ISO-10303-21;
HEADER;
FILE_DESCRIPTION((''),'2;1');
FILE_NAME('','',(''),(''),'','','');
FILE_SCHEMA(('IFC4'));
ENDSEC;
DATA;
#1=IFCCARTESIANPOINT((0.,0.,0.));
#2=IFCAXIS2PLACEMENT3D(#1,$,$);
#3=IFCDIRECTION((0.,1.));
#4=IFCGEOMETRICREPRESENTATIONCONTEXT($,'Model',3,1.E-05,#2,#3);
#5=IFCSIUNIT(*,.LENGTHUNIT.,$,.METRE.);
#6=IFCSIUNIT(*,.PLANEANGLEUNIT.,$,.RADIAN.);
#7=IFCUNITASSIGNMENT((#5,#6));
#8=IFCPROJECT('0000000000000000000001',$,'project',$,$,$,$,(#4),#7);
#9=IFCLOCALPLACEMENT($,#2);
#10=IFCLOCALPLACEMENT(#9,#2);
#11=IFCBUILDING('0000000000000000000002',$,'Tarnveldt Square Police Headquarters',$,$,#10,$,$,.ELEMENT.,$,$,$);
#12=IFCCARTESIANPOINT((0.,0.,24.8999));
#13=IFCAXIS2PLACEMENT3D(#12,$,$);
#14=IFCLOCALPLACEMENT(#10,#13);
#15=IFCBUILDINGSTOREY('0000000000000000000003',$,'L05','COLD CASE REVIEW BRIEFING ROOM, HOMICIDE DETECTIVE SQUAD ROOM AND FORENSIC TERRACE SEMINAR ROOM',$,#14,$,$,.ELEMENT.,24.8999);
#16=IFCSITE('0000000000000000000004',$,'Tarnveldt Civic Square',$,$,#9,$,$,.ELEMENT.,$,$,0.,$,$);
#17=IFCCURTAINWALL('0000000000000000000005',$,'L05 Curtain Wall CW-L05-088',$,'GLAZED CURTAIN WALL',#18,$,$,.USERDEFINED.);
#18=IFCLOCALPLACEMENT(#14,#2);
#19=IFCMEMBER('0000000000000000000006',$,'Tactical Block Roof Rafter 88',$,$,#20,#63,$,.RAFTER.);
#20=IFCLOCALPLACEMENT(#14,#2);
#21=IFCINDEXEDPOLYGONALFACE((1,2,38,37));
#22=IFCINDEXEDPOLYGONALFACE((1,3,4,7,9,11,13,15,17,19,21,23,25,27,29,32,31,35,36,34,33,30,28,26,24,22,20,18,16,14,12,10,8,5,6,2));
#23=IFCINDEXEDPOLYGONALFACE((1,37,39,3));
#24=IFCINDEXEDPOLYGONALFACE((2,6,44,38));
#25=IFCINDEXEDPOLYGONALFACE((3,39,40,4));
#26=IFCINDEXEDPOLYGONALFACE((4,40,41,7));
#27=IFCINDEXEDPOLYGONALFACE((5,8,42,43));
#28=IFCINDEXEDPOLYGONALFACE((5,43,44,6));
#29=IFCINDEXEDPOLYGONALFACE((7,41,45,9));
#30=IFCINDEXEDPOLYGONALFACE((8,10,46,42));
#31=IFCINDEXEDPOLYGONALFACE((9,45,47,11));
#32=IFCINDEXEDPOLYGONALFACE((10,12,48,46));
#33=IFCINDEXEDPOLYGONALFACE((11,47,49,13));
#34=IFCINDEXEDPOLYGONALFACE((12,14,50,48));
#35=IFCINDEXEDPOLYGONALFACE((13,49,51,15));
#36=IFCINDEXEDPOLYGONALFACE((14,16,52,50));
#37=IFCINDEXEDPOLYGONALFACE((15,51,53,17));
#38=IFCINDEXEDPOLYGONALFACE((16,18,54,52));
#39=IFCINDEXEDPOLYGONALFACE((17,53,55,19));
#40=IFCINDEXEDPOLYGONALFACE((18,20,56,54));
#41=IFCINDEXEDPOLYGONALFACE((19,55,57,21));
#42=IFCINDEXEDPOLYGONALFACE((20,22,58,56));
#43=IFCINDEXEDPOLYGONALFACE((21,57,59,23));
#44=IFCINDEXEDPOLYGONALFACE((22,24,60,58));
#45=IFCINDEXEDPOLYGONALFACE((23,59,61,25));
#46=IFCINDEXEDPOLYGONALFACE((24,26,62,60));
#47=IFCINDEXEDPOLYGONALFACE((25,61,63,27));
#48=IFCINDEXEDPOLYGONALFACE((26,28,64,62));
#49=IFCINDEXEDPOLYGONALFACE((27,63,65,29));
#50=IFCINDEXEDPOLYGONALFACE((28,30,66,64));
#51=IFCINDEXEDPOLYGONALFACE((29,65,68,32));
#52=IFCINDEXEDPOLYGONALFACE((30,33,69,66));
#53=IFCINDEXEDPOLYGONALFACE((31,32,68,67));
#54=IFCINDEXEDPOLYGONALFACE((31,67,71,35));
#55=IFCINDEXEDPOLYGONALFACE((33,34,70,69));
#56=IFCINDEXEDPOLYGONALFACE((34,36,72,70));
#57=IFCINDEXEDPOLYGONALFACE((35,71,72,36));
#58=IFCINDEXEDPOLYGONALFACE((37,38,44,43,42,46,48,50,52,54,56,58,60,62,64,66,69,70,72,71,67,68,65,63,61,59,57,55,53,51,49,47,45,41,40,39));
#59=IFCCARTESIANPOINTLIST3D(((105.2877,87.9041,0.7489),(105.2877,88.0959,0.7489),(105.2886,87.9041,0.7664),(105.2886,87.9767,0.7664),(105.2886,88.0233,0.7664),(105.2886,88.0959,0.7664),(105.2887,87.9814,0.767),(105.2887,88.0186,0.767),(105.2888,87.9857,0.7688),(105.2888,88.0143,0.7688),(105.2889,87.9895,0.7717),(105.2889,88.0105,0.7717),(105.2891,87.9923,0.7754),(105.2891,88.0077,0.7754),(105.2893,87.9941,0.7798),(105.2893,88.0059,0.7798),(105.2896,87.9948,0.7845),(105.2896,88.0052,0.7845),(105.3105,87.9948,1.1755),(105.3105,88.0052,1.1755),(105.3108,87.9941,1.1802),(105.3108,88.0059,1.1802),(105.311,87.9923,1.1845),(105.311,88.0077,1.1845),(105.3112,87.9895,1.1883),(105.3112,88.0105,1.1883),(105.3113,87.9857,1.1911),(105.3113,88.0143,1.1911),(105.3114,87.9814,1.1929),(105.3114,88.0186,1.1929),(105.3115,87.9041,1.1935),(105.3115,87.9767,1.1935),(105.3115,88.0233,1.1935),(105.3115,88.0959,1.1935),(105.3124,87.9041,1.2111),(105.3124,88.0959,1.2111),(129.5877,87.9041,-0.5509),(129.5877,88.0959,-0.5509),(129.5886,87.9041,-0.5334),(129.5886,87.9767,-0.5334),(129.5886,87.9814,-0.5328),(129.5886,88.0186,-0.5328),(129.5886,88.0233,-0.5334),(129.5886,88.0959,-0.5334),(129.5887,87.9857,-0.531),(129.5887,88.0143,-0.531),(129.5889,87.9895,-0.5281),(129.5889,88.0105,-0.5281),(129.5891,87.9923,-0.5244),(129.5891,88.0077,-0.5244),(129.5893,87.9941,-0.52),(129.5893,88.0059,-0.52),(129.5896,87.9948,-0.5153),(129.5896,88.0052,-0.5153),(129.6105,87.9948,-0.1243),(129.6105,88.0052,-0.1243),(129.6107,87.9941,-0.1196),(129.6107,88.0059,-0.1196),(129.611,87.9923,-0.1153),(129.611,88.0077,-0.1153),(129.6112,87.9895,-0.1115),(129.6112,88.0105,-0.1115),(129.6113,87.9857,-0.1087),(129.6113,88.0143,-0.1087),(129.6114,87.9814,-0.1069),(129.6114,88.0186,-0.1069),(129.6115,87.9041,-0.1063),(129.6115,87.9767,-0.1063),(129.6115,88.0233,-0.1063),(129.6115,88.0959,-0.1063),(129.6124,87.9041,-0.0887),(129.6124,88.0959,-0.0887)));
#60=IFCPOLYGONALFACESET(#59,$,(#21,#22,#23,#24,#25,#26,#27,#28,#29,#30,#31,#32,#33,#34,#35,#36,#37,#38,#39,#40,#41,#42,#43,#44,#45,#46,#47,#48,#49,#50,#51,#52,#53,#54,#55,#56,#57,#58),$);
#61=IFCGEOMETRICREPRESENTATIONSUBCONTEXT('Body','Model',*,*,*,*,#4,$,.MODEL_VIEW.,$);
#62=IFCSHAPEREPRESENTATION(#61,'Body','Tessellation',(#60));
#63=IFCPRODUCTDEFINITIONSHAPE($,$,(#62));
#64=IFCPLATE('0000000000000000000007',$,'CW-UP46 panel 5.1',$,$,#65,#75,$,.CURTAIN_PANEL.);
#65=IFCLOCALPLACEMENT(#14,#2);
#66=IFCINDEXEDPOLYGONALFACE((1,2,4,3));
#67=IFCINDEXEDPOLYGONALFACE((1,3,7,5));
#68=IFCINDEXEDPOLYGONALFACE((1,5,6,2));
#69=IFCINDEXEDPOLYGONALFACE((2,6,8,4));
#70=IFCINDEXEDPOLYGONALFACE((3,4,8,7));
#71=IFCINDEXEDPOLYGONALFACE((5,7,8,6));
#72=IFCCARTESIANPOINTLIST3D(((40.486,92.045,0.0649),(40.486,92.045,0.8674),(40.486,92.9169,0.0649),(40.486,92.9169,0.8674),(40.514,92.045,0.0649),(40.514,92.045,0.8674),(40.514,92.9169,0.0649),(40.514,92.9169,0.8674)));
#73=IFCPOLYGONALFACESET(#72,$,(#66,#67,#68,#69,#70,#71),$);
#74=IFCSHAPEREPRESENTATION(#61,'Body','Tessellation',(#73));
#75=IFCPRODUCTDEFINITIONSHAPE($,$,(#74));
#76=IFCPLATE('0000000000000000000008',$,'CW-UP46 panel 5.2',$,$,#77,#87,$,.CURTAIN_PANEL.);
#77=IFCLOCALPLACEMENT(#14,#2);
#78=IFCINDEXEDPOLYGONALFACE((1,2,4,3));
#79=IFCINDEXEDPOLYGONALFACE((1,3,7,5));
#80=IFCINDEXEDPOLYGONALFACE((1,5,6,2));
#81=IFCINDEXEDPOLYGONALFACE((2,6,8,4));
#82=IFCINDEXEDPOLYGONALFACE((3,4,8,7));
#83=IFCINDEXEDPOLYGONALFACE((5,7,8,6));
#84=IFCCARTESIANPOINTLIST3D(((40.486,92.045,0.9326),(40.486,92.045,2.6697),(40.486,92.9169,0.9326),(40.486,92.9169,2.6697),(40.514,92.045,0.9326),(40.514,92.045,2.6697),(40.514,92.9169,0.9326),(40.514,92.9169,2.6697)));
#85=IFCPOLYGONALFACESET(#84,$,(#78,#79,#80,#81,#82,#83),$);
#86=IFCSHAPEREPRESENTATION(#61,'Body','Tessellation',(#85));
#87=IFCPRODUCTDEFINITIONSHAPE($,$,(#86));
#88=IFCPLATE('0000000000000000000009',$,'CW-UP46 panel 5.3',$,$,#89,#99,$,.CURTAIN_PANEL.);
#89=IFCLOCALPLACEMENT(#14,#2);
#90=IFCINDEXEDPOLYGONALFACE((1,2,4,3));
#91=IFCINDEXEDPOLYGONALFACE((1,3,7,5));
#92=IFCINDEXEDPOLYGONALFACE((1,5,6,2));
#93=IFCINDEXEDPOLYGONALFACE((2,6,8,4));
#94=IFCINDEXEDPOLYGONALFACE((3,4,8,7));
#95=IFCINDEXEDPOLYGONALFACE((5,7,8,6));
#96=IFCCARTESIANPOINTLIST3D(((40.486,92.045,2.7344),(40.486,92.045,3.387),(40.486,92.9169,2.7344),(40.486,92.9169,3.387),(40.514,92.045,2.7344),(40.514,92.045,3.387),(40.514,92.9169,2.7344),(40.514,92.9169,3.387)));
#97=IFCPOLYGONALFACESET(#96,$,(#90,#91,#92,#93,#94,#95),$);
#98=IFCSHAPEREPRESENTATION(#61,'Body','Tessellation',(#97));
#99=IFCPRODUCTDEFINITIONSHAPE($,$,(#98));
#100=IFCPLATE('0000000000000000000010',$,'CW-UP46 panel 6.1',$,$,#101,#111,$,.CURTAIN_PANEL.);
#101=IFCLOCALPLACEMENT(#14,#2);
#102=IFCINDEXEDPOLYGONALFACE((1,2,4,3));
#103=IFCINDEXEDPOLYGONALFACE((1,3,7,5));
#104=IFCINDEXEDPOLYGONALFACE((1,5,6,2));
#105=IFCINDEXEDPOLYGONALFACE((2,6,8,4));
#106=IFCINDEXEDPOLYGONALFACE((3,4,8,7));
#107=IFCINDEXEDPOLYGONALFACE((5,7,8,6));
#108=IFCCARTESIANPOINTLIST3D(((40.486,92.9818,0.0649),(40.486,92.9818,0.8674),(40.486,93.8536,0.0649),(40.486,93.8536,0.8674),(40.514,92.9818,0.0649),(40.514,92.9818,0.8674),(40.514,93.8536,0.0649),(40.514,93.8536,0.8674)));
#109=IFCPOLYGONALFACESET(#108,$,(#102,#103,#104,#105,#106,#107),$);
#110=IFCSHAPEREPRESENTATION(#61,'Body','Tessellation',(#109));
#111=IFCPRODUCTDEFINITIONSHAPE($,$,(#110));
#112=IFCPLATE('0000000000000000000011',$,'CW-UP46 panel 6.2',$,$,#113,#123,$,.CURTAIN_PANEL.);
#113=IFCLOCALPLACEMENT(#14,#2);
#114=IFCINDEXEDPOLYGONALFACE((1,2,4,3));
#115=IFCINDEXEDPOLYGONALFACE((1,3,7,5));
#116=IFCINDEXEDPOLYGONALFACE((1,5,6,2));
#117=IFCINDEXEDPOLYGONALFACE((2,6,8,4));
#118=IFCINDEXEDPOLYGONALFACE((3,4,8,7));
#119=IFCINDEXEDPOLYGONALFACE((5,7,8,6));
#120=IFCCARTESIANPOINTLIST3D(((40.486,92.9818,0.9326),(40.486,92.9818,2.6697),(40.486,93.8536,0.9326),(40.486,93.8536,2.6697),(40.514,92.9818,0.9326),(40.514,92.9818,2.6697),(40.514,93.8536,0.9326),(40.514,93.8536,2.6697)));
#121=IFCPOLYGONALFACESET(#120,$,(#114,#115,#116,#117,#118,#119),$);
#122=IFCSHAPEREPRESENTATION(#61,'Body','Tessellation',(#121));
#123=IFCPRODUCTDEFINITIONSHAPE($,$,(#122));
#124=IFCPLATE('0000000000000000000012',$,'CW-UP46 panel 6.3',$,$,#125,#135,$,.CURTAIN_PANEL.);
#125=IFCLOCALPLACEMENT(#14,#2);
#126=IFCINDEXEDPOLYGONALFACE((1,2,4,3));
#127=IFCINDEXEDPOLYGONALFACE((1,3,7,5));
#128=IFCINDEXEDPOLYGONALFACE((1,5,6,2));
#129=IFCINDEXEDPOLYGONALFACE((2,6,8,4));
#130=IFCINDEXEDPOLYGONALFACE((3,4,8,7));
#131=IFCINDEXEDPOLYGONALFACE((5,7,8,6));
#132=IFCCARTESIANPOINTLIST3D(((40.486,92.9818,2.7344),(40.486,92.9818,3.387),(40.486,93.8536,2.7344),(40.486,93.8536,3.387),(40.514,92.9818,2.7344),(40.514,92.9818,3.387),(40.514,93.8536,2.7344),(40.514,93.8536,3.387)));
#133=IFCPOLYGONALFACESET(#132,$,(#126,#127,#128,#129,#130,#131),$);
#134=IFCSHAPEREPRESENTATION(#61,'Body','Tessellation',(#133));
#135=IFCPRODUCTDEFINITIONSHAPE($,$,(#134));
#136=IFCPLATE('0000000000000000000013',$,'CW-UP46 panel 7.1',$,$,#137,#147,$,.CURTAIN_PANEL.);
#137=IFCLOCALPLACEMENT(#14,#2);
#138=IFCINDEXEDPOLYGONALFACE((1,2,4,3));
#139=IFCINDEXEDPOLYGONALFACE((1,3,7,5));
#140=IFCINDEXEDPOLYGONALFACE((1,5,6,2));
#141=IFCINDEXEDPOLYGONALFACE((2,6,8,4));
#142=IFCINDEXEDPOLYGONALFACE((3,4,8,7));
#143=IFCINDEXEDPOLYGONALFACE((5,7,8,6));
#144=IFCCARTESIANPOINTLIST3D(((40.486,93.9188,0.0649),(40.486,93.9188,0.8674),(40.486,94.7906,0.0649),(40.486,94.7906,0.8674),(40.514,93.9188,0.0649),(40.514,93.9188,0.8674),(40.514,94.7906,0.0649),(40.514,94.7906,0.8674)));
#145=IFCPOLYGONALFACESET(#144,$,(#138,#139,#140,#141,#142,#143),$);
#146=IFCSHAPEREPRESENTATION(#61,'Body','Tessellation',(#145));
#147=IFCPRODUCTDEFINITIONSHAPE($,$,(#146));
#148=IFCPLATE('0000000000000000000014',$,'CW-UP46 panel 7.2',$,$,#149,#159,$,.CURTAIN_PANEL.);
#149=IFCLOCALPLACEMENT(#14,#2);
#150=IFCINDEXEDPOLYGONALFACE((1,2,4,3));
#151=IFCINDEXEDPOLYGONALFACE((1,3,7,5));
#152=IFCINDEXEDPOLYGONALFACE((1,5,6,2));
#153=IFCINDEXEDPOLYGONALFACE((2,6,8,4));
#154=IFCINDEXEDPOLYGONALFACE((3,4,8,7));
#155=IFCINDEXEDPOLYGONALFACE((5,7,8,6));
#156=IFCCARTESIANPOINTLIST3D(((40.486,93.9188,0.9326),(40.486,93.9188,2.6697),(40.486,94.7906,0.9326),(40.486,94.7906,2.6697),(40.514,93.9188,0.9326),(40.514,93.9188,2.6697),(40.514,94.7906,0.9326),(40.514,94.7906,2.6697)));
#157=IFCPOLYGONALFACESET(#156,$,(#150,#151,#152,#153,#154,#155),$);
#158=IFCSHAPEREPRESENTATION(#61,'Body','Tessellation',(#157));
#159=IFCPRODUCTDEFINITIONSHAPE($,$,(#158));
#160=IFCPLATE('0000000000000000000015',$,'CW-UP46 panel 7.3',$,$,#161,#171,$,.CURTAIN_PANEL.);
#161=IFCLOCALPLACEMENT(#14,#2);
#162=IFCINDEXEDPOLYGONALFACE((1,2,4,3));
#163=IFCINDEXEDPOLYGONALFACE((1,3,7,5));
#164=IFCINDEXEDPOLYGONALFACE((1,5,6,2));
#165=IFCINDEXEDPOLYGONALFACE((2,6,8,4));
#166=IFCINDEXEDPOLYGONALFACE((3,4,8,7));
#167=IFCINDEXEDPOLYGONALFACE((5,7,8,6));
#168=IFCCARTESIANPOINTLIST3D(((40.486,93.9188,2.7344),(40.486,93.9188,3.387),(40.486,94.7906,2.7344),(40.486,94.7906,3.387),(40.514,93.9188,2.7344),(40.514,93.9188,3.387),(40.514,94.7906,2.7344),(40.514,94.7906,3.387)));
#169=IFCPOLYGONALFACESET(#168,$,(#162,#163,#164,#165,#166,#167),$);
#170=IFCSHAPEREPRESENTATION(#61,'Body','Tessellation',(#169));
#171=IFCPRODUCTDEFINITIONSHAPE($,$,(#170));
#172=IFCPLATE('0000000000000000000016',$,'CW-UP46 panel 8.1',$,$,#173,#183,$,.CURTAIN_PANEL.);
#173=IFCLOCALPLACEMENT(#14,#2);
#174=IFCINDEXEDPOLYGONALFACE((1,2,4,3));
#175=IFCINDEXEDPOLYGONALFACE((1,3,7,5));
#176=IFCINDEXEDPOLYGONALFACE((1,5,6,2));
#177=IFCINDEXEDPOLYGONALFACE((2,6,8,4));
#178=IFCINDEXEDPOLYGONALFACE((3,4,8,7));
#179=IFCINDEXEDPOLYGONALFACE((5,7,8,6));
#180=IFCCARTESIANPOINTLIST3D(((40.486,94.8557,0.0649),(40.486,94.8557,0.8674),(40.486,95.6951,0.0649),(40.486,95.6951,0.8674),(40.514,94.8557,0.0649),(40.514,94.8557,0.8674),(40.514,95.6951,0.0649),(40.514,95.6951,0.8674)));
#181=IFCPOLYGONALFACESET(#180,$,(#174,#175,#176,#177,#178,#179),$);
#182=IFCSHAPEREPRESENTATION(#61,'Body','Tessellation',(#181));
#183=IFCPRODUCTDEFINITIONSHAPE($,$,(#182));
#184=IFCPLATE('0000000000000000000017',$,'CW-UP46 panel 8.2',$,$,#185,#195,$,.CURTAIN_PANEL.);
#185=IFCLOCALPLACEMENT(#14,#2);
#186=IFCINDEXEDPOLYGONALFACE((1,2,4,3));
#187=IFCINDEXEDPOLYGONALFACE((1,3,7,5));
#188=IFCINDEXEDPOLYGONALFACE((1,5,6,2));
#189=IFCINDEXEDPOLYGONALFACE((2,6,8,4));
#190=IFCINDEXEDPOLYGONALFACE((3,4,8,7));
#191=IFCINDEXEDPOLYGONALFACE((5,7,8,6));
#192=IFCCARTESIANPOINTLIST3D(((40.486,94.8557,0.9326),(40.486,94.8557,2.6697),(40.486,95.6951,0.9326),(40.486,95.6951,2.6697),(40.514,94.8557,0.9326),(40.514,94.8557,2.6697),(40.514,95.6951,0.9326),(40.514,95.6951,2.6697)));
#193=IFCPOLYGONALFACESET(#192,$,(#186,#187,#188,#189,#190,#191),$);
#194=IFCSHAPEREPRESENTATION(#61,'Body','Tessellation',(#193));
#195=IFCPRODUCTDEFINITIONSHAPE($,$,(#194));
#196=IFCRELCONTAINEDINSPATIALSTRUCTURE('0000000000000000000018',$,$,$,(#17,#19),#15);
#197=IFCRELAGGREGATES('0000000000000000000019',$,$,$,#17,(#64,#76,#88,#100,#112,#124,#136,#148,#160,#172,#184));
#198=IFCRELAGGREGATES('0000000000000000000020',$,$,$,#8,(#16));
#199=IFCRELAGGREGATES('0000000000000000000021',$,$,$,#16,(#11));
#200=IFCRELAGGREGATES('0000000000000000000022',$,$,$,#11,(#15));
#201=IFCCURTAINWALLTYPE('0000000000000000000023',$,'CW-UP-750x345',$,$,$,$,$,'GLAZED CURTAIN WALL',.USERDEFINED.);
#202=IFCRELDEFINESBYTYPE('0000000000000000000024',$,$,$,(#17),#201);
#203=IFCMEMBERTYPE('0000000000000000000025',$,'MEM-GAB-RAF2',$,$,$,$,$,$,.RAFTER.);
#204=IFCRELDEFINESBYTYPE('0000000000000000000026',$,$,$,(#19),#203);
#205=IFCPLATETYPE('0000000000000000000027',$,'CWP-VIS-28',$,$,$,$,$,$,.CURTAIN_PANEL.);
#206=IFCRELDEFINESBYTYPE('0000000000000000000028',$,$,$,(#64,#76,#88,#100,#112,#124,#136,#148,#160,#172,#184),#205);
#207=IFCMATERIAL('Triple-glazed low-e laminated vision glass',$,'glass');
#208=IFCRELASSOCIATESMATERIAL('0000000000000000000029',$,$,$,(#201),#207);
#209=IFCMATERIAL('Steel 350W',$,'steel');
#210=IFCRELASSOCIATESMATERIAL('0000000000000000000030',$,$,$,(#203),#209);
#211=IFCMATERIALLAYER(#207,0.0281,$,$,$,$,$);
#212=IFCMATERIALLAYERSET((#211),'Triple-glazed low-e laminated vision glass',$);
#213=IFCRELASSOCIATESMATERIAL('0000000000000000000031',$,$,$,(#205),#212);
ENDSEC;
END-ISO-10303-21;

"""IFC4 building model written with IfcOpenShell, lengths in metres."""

from ifc_helpers import new_model, si_unit, direction, frame, origin, origin_2d, place, context, subcontext, project, spatial, rectangle, i_section, extrude, material, layer, layer_set, material_profile, profile_set, type_object, element, aggregate, save


model = new_model("IFC4")

# Units and contexts
model_context = context("Model", 3, precision=1e-05, world=origin(), true_north=direction((0.0, 1.0)))
body_context = subcontext(model_context, "Body", "Model", "MODEL_VIEW")
ifc_project = project(units=[si_unit("LENGTHUNIT", "METRE"), si_unit("PLANEANGLEUNIT", "RADIAN")], contexts=[model_context])

# Site, building, storey
site_placement = place(None, origin())
site = spatial("IfcSite", under=ifc_project, at=site_placement, Name="Tarnveldt Civic Square", CompositionType="ELEMENT", RefElevation=0.0)
building_placement = place(site_placement, origin())
building = spatial("IfcBuilding", under=site, at=building_placement, Name="Tarnveldt Square Police Headquarters", CompositionType="ELEMENT")
storey_placement = place(building_placement, frame((0.0, 0.0, 24.8999)))
storey = spatial("IfcBuildingStorey", under=building, at=storey_placement, Name="L05", Description="COLD CASE REVIEW BRIEFING ROOM, HOMICIDE DETECTIVE SQUAD ROOM AND FORENSIC TERRACE SEMINAR ROOM", CompositionType="ELEMENT", Elevation=24.8999)

# Shared definitions
ifc_material_1 = material(Name="Steel 350W", Category="steel")

# Curtain wall
ifc_material_2 = material(Name="Triple-glazed low-e laminated vision glass", Category="glass")
curtain_wall_type = type_object("IfcCurtainWallType", Name="CW-UP-750x345", ElementType="GLAZED CURTAIN WALL", PredefinedType="USERDEFINED", material=ifc_material_2)
curtain_wall_placement = place(storey_placement, origin())
curtain_wall = element("IfcCurtainWall", 1, at=curtain_wall_placement, inside=storey, type_object=curtain_wall_type, Name="L05 Curtain Wall CW-L05-088", ObjectType="GLAZED CURTAIN WALL", PredefinedType="USERDEFINED")

# Member
ifc_material_profile_1 = material_profile(ifc_material_1, i_section(OverallWidth=0.1919, OverallDepth=0.4629, WebThickness=0.0105, FlangeThickness=0.0176, FilletRadius=0.0181, at=origin_2d()), Name="W460x89")
ifc_profile_set_1 = profile_set([ifc_material_profile_1], Name="Steel 350W")
member_type_1 = type_object("IfcMemberType", Name="MEM-GAB-RAF2", PredefinedType="RAFTER", material=ifc_profile_set_1)
member_1_placement = place(storey_placement, frame((105.3, 88.0, 0.98), z_axis=(0.998572, 0.0, -0.053413), x_axis=(0.0, 1.0, 0.0)))
element("IfcMember", 2, at=member_1_placement, inside=storey, type_object=member_type_1, Name="Tactical Block Roof Rafter 88", PredefinedType="RAFTER", context=body_context, shape_type="SweptSolid", body=[
    extrude(i_section(OverallWidth=0.1919, OverallDepth=0.4629, WebThickness=0.0105, FlangeThickness=0.0176, FilletRadius=0.0181, at=origin_2d()), origin(), (0.0, 0.0, 1.0), 24.3347),
])

# Plates
ifc_layer_1 = layer(ifc_material_2, 0.0281)
ifc_layer_set_1 = layer_set([ifc_layer_1], Name="Triple-glazed low-e laminated vision glass")
plate_type = type_object("IfcPlateType", Name="CWP-VIS-28", PredefinedType="CURTAIN_PANEL", material=ifc_layer_set_1)
plate_1_placement = place(storey_placement, frame((40.5, 92.481, 0.0649), z_axis=(0.0, 0.0, 1.0), x_axis=(0.0, 1.0, 0.0)))
plate_1 = element("IfcPlate", 3, at=plate_1_placement, type_object=plate_type, Name="CW-UP46 panel 5.1", PredefinedType="CURTAIN_PANEL", context=body_context, shape_type="SweptSolid", body=[
    extrude(rectangle(XDim=0.8718, YDim=0.0281, at=origin_2d()), origin(), (0.0, 0.0, 1.0), 0.8025),
])
plate_2_placement = place(storey_placement, frame((40.5, 92.481, 0.9326), z_axis=(0.0, 0.0, 1.0), x_axis=(0.0, 1.0, 0.0)))
plate_2 = element("IfcPlate", 4, at=plate_2_placement, type_object=plate_type, Name="CW-UP46 panel 5.2", PredefinedType="CURTAIN_PANEL", context=body_context, shape_type="SweptSolid", body=[
    extrude(rectangle(XDim=0.8718, YDim=0.0281, at=origin_2d()), origin(), (0.0, 0.0, 1.0), 1.7371),
])
plate_3_placement = place(storey_placement, frame((40.5, 92.481, 2.7344), z_axis=(0.0, 0.0, 1.0), x_axis=(0.0, 1.0, 0.0)))
plate_3 = element("IfcPlate", 5, at=plate_3_placement, type_object=plate_type, Name="CW-UP46 panel 5.3", PredefinedType="CURTAIN_PANEL", context=body_context, shape_type="SweptSolid", body=[
    extrude(rectangle(XDim=0.8718, YDim=0.0281, at=origin_2d()), origin(), (0.0, 0.0, 1.0), 0.6526),
])
plate_4_placement = place(storey_placement, frame((40.5, 93.4177, 0.0649), z_axis=(0.0, 0.0, 1.0), x_axis=(0.0, 1.0, 0.0)))
plate_4 = element("IfcPlate", 6, at=plate_4_placement, type_object=plate_type, Name="CW-UP46 panel 6.1", PredefinedType="CURTAIN_PANEL", context=body_context, shape_type="SweptSolid", body=[
    extrude(rectangle(XDim=0.8718, YDim=0.0281, at=origin_2d()), origin(), (0.0, 0.0, 1.0), 0.8025),
])
plate_5_placement = place(storey_placement, frame((40.5, 93.4177, 0.9326), z_axis=(0.0, 0.0, 1.0), x_axis=(0.0, 1.0, 0.0)))
plate_5 = element("IfcPlate", 7, at=plate_5_placement, type_object=plate_type, Name="CW-UP46 panel 6.2", PredefinedType="CURTAIN_PANEL", context=body_context, shape_type="SweptSolid", body=[
    extrude(rectangle(XDim=0.8718, YDim=0.0281, at=origin_2d()), origin(), (0.0, 0.0, 1.0), 1.7371),
])
plate_6_placement = place(storey_placement, frame((40.5, 93.4177, 2.7344), z_axis=(0.0, 0.0, 1.0), x_axis=(0.0, 1.0, 0.0)))
plate_6 = element("IfcPlate", 8, at=plate_6_placement, type_object=plate_type, Name="CW-UP46 panel 6.3", PredefinedType="CURTAIN_PANEL", context=body_context, shape_type="SweptSolid", body=[
    extrude(rectangle(XDim=0.8718, YDim=0.0281, at=origin_2d()), origin(), (0.0, 0.0, 1.0), 0.6526),
])
plate_7_placement = place(storey_placement, frame((40.5, 94.3547, 0.0649), z_axis=(0.0, 0.0, 1.0), x_axis=(0.0, 1.0, 0.0)))
plate_7 = element("IfcPlate", 9, at=plate_7_placement, type_object=plate_type, Name="CW-UP46 panel 7.1", PredefinedType="CURTAIN_PANEL", context=body_context, shape_type="SweptSolid", body=[
    extrude(rectangle(XDim=0.8718, YDim=0.0281, at=origin_2d()), origin(), (0.0, 0.0, 1.0), 0.8025),
])
plate_8_placement = place(storey_placement, frame((40.5, 94.3547, 0.9326), z_axis=(0.0, 0.0, 1.0), x_axis=(0.0, 1.0, 0.0)))
plate_8 = element("IfcPlate", 10, at=plate_8_placement, type_object=plate_type, Name="CW-UP46 panel 7.2", PredefinedType="CURTAIN_PANEL", context=body_context, shape_type="SweptSolid", body=[
    extrude(rectangle(XDim=0.8718, YDim=0.0281, at=origin_2d()), origin(), (0.0, 0.0, 1.0), 1.7371),
])
plate_9_placement = place(storey_placement, frame((40.5, 94.3547, 2.7344), z_axis=(0.0, 0.0, 1.0), x_axis=(0.0, 1.0, 0.0)))
plate_9 = element("IfcPlate", 11, at=plate_9_placement, type_object=plate_type, Name="CW-UP46 panel 7.3", PredefinedType="CURTAIN_PANEL", context=body_context, shape_type="SweptSolid", body=[
    extrude(rectangle(XDim=0.8718, YDim=0.0281, at=origin_2d()), origin(), (0.0, 0.0, 1.0), 0.6526),
])
plate_10_placement = place(storey_placement, frame((40.5, 95.2754, 0.0649), z_axis=(0.0, 0.0, 1.0), x_axis=(0.0, 1.0, 0.0)))
plate_10 = element("IfcPlate", 12, at=plate_10_placement, type_object=plate_type, Name="CW-UP46 panel 8.1", PredefinedType="CURTAIN_PANEL", context=body_context, shape_type="SweptSolid", body=[
    extrude(rectangle(XDim=0.8394, YDim=0.0281, at=origin_2d()), origin(), (0.0, 0.0, 1.0), 0.8025),
])
plate_11_placement = place(storey_placement, frame((40.5, 95.2754, 0.9326), z_axis=(0.0, 0.0, 1.0), x_axis=(0.0, 1.0, 0.0)))
plate_11 = element("IfcPlate", 13, at=plate_11_placement, type_object=plate_type, Name="CW-UP46 panel 8.2", PredefinedType="CURTAIN_PANEL", context=body_context, shape_type="SweptSolid", body=[
    extrude(rectangle(XDim=0.8394, YDim=0.0281, at=origin_2d()), origin(), (0.0, 0.0, 1.0), 1.7371),
])
aggregate(curtain_wall, [plate_1, plate_2, plate_3, plate_4, plate_5, plate_6, plate_7, plate_8, plate_9, plate_10, plate_11])

save(model, "model.ifc")
